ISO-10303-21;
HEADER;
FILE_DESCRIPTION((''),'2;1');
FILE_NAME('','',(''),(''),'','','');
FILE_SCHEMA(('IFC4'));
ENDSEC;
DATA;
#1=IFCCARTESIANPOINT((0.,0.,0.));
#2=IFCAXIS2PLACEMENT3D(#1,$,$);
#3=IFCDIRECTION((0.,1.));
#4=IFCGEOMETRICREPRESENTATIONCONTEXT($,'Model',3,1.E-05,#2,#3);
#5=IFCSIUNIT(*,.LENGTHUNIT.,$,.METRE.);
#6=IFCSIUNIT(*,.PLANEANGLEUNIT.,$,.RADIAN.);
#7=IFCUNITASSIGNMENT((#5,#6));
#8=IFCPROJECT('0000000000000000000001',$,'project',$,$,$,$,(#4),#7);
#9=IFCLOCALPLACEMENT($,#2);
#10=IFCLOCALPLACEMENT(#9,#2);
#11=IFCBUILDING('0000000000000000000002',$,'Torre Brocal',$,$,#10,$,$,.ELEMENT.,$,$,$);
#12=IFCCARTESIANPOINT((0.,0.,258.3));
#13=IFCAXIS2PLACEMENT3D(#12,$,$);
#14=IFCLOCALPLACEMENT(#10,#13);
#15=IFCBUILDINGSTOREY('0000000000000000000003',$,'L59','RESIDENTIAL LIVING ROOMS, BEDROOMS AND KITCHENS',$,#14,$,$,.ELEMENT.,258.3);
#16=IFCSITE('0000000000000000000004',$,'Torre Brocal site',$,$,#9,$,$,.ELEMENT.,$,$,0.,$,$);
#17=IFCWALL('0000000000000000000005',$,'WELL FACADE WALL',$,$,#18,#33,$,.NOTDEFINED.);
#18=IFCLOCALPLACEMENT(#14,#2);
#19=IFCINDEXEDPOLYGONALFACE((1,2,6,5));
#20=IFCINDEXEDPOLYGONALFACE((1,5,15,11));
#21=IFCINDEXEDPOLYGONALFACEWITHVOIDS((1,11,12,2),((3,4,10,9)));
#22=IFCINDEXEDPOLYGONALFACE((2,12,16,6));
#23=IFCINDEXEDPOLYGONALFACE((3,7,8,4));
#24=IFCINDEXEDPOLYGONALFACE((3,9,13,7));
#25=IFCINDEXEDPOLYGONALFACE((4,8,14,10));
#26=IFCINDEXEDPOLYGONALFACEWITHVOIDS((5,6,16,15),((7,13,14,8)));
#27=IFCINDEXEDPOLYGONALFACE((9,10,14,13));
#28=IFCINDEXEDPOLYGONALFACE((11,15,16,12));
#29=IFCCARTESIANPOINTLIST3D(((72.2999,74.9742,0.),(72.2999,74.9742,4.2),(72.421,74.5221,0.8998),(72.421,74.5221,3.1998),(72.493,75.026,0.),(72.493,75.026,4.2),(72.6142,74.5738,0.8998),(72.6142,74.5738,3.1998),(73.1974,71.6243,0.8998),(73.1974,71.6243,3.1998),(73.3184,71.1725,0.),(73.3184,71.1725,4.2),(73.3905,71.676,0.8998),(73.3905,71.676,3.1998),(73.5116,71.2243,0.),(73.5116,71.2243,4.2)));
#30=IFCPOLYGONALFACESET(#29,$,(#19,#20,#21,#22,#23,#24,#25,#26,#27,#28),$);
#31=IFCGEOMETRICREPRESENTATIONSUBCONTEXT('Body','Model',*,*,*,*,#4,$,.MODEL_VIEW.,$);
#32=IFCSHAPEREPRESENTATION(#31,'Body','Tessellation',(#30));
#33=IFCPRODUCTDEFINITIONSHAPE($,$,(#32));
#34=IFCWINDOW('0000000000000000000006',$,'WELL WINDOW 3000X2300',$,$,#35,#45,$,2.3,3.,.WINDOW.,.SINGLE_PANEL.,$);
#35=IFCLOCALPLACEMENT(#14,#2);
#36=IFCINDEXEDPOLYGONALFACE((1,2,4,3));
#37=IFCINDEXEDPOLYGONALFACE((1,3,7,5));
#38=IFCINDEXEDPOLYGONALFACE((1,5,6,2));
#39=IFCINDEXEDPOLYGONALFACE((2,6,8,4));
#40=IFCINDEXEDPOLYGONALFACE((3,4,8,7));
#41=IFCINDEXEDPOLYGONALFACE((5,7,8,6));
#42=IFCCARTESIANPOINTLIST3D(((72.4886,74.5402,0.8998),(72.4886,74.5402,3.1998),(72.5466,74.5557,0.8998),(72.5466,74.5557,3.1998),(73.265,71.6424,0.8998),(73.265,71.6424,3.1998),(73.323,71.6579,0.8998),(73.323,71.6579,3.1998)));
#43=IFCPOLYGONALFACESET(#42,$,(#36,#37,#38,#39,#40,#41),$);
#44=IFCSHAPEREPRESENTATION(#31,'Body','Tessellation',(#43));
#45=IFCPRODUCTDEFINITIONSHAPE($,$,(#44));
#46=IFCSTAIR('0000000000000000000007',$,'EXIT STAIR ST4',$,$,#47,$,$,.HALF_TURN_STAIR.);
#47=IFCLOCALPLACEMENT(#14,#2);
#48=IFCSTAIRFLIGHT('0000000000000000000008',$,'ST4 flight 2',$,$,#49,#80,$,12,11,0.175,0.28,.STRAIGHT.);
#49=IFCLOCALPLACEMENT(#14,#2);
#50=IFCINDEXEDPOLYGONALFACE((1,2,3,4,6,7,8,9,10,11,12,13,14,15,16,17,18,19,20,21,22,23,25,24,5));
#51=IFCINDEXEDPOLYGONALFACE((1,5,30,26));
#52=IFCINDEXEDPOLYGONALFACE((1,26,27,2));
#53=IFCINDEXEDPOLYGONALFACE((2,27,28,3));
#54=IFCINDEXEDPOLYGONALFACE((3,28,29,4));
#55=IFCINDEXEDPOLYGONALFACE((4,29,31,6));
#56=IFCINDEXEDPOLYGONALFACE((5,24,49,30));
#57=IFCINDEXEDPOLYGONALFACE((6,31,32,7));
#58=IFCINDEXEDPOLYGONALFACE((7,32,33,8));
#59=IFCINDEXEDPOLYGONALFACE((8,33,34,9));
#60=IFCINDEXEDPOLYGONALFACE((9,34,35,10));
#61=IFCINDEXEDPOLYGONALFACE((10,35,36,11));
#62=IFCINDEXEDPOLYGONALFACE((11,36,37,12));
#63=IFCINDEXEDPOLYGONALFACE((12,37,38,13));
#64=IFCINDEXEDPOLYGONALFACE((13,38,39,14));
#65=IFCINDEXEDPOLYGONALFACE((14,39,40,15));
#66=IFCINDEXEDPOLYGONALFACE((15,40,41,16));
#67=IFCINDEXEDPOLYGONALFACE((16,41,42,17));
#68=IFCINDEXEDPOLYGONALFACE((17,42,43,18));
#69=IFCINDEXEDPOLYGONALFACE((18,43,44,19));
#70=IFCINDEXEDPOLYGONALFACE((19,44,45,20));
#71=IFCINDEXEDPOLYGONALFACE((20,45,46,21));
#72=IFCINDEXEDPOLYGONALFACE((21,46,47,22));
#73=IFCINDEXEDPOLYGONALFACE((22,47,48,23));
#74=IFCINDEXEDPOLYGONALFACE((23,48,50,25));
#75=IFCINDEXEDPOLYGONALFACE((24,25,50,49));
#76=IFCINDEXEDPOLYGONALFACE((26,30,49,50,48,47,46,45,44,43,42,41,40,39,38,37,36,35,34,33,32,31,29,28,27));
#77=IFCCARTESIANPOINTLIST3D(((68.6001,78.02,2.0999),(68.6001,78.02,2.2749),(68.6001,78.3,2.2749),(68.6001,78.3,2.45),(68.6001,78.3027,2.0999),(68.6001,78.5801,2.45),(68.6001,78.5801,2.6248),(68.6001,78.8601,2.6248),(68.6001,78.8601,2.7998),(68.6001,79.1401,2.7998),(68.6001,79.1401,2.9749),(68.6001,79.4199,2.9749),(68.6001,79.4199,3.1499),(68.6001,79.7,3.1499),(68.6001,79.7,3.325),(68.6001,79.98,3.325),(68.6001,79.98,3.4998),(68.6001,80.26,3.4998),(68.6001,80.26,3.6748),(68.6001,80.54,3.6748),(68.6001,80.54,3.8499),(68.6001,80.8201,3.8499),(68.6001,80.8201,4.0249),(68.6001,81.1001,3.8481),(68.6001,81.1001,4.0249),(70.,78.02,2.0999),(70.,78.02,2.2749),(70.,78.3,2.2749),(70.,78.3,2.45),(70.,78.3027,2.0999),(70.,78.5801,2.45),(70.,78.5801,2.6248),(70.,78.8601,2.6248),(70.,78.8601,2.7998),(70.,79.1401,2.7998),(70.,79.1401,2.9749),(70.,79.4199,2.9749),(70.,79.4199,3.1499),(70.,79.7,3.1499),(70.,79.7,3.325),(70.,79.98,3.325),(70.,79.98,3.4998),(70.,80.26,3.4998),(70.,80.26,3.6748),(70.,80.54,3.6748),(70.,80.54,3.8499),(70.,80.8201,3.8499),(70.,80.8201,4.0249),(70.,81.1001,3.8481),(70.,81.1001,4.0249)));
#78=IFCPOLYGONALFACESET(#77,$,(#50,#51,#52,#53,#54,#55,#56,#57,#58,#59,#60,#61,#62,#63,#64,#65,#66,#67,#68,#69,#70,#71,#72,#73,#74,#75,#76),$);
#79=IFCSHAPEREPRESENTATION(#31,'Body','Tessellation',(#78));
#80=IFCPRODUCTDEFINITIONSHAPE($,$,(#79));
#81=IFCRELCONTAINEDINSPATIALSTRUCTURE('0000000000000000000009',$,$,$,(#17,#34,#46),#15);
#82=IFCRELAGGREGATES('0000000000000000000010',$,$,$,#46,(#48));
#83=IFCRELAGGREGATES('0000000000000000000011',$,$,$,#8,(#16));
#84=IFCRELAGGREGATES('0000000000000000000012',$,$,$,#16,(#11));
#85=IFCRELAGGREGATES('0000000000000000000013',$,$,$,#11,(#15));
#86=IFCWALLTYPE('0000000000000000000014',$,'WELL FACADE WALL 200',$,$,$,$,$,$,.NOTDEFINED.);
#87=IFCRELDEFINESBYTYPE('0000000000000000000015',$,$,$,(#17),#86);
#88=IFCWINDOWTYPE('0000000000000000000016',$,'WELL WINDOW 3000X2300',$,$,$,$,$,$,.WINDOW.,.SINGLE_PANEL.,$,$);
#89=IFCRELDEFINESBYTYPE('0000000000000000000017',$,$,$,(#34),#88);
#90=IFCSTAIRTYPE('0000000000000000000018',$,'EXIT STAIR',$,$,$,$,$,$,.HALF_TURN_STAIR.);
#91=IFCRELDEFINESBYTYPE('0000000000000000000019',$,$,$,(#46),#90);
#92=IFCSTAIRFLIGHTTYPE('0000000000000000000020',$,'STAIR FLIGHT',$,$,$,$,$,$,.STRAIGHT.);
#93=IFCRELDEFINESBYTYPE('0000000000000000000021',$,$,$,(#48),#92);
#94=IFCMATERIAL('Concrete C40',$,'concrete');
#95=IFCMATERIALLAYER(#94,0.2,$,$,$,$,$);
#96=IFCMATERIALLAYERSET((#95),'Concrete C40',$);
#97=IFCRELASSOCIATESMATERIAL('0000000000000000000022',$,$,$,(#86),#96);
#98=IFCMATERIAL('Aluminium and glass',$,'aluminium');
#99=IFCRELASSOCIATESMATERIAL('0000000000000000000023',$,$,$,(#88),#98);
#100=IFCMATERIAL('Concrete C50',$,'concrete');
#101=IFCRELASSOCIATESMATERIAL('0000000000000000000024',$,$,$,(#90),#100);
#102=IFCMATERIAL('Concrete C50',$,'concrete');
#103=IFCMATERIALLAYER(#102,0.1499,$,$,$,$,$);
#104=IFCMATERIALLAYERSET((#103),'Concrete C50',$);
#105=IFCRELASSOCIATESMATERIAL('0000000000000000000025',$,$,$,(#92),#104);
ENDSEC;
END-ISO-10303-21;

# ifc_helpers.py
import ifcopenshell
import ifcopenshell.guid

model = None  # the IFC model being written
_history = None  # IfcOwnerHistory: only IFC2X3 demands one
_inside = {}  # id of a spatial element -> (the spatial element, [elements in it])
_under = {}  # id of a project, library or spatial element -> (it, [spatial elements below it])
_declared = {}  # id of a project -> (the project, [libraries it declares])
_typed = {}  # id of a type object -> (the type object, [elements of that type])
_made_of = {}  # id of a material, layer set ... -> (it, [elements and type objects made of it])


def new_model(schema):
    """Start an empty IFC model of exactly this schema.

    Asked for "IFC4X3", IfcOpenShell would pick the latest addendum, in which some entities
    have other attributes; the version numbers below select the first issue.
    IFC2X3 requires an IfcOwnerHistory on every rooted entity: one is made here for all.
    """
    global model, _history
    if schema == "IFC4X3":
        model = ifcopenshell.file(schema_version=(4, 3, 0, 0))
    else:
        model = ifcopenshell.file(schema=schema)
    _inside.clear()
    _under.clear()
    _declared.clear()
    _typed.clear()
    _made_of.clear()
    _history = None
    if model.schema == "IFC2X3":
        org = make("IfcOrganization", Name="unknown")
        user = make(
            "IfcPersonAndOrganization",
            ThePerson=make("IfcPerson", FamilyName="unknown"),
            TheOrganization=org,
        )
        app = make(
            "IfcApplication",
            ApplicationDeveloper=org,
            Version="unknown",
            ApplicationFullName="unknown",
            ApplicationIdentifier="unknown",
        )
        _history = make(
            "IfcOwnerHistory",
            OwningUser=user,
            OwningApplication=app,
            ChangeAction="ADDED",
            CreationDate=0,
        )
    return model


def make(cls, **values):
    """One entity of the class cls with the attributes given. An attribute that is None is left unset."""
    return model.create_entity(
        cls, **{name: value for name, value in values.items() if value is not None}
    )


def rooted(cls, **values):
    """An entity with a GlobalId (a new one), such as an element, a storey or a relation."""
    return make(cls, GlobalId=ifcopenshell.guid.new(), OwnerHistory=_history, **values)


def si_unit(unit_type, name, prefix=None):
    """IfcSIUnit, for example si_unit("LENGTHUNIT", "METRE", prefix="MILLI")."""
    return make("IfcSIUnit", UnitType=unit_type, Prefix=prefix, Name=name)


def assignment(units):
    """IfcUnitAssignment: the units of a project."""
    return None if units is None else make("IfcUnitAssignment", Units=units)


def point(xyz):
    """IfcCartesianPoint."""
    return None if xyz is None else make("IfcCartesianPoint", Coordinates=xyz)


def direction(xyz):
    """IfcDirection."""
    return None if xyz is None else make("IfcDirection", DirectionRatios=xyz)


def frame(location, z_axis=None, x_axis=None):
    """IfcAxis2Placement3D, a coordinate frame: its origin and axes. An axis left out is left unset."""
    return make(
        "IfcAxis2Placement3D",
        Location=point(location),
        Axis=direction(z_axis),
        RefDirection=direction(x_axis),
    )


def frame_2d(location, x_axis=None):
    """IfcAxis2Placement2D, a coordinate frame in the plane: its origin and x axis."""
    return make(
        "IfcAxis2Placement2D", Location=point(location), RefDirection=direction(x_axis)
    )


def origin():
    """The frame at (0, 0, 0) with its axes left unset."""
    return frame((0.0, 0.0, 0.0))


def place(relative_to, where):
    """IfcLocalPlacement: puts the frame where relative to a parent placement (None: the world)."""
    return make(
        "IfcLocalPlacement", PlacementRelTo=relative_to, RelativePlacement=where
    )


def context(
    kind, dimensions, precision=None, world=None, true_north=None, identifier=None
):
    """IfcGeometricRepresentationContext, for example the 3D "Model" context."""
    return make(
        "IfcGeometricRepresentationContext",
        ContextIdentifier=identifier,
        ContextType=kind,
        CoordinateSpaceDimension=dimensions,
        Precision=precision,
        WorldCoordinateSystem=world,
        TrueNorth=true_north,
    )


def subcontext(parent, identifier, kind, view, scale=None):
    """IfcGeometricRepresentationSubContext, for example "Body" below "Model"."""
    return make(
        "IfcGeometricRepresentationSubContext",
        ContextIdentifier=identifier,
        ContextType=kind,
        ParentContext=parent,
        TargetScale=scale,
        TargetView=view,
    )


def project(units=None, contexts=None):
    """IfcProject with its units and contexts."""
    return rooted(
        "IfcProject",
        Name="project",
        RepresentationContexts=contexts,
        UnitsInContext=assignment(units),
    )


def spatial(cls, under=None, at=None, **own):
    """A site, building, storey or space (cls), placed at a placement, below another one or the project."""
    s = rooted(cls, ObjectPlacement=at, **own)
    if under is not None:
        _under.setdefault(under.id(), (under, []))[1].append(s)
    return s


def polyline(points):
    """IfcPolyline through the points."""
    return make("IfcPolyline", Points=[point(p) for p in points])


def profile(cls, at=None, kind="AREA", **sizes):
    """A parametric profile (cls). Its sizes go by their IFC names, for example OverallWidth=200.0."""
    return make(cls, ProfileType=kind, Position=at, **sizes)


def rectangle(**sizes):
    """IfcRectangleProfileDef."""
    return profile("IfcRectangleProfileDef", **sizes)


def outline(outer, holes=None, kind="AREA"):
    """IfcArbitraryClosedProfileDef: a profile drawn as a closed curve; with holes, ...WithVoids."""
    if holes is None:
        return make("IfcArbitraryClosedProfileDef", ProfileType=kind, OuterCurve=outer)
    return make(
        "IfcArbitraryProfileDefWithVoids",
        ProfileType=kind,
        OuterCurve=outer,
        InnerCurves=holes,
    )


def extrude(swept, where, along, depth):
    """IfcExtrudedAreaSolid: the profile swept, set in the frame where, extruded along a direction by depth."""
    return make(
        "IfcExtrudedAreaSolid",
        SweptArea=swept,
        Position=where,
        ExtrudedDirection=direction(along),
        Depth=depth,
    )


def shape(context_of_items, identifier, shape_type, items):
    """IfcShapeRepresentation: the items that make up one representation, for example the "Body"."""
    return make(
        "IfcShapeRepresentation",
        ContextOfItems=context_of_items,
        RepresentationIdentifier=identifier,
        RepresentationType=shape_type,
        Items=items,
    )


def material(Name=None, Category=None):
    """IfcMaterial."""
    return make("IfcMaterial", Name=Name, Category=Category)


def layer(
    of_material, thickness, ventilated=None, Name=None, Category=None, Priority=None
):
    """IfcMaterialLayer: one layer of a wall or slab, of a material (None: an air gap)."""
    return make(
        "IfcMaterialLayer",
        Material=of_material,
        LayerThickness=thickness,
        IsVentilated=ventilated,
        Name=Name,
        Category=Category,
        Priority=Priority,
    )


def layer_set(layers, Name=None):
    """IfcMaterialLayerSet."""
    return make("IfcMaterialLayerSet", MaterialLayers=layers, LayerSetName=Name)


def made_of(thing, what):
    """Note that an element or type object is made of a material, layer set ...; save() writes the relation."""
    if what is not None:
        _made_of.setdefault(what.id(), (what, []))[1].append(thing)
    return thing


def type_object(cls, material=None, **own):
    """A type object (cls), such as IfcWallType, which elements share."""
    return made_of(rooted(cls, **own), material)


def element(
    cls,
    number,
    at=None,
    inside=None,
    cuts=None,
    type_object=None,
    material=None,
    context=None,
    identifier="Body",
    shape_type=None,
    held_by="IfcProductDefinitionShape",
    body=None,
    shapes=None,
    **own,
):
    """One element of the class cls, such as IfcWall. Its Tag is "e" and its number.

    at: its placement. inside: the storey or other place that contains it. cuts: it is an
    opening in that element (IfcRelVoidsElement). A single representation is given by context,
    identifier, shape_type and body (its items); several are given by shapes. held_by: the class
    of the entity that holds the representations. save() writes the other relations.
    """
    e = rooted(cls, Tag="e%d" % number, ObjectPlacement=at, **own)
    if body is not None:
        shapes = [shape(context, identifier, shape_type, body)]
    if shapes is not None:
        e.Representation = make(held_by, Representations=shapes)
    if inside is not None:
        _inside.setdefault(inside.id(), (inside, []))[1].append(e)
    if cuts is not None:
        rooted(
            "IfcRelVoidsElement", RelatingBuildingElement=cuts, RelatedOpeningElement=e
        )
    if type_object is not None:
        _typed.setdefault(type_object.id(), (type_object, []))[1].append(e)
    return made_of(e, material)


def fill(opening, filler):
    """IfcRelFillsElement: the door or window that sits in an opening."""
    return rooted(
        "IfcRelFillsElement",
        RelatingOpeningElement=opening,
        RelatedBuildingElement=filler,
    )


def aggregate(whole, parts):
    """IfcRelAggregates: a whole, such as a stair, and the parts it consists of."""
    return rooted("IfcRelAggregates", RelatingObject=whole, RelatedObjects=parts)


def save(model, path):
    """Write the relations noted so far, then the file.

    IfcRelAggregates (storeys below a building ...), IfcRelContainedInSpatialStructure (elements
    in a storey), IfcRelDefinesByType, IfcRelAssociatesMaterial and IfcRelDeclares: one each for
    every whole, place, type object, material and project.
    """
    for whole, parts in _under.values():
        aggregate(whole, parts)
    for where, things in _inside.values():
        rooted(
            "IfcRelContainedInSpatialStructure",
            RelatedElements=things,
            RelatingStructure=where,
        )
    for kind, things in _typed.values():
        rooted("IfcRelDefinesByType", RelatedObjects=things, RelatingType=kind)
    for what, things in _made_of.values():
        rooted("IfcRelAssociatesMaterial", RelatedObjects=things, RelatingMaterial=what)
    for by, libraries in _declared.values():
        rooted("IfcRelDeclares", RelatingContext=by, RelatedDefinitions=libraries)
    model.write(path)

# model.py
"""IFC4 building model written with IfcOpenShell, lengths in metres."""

from ifc_helpers import new_model, si_unit, direction, frame, frame_2d, origin, place, context, subcontext, project, spatial, polyline, rectangle, outline, extrude, material, layer, layer_set, type_object, element, fill, aggregate, save


model = new_model("IFC4")

# Units and contexts
model_context = context("Model", 3, precision=1e-05, world=origin(), true_north=direction((0.0, 1.0)))
body_context = subcontext(model_context, "Body", "Model", "MODEL_VIEW")
ifc_project = project(units=[si_unit("LENGTHUNIT", "METRE"), si_unit("PLANEANGLEUNIT", "RADIAN")], contexts=[model_context])

# Site, building, storey
site_placement = place(None, origin())
site = spatial("IfcSite", under=ifc_project, at=site_placement, Name="Torre Brocal site", CompositionType="ELEMENT", RefElevation=0.0)
building_placement = place(site_placement, origin())
building = spatial("IfcBuilding", under=site, at=building_placement, Name="Torre Brocal", CompositionType="ELEMENT")
storey_placement = place(building_placement, frame((0.0, 0.0, 258.3)))
storey = spatial("IfcBuildingStorey", under=building, at=storey_placement, Name="L59", Description="RESIDENTIAL LIVING ROOMS, BEDROOMS AND KITCHENS", CompositionType="ELEMENT", Elevation=258.3)

# Wall, opening, window
ifc_material_1 = material(Name="Concrete C40", Category="concrete")
ifc_layer_1 = layer(ifc_material_1, 0.2)
ifc_layer_set_1 = layer_set([ifc_layer_1], Name="Concrete C40")
wall_type_1 = type_object("IfcWallType", Name="WELL FACADE WALL 200", PredefinedType="NOTDEFINED", material=ifc_layer_set_1)
ifc_material_2 = material(Name="Aluminium and glass", Category="aluminium")
window_type = type_object("IfcWindowType", Name="WELL WINDOW 3000X2300", PartitioningType="SINGLE_PANEL", PredefinedType="WINDOW", material=ifc_material_2)
wall_1_placement = place(storey_placement, frame((72.3965, 75.0, 0.0), z_axis=(0.0, 0.0, 1.0), x_axis=(0.25879, -0.965934, 0.0)))
wall_1 = element("IfcWall", 1, at=wall_1_placement, inside=storey, type_object=wall_type_1, Name="WELL FACADE WALL", PredefinedType="NOTDEFINED", context=body_context, shape_type="SweptSolid", body=[
    extrude(rectangle(XDim=3.9358, YDim=0.2, at=frame_2d((1.9678, 0.0))), origin(), (0.0, 0.0, 1.0), 4.2),
])
opening_1_placement = place(wall_1_placement, frame((0.468, 0.0, 0.8999)))
opening_1 = element("IfcOpeningElement", 2, at=opening_1_placement, cuts=wall_1, PredefinedType="OPENING", context=body_context, shape_type="SweptSolid", body=[
    extrude(rectangle(XDim=3.0, YDim=2.3, at=frame_2d((1.5, 1.1499))), frame((0.0, 0.1099, 0.0), z_axis=(0.0, -1.0, 0.0), x_axis=(1.0, 0.0, 0.0)), (0.0, 0.0, 1.0), 0.22),
])
window_1_placement = place(opening_1_placement, origin())
window_1 = element("IfcWindow", 3, at=window_1_placement, inside=storey, type_object=window_type, Name="WELL WINDOW 3000X2300", OverallHeight=2.3, OverallWidth=3.0, PartitioningType="SINGLE_PANEL", PredefinedType="WINDOW", context=body_context, shape_type="SweptSolid", body=[
    extrude(rectangle(XDim=3.0, YDim=2.3, at=frame_2d((1.5, 1.1499))), frame((0.0, 0.03, 0.0), z_axis=(0.0, -1.0, 0.0), x_axis=(1.0, 0.0, 0.0)), (0.0, 0.0, 1.0), 0.0601),
])
fill(opening_1, window_1)

# Stair, stair flight
ifc_material_3 = material(Name="Concrete C50", Category="concrete")
stair_type = type_object("IfcStairType", Name="EXIT STAIR", PredefinedType="HALF_TURN_STAIR", material=ifc_material_3)
stair_placement = place(storey_placement, origin())
stair = element("IfcStair", 4, at=stair_placement, inside=storey, type_object=stair_type, Name="EXIT STAIR ST4", PredefinedType="HALF_TURN_STAIR")
ifc_material_4 = material(Name="Concrete C50", Category="concrete")
ifc_layer_2 = layer(ifc_material_4, 0.1499)
ifc_layer_set_2 = layer_set([ifc_layer_2], Name="Concrete C50")
stair_flight_type = type_object("IfcStairFlightType", Name="STAIR FLIGHT", PredefinedType="STRAIGHT", material=ifc_layer_set_2)
stair_flight_placement = place(storey_placement, frame((69.3, 78.02, 2.0999), z_axis=(0.0, 0.0, 1.0), x_axis=(0.0, 1.0, 0.0)))
stair_flight = element("IfcStairFlight", 5, at=stair_flight_placement, type_object=stair_flight_type, Name="ST4 flight 2", NumberOfRisers=12, NumberOfTreads=11, PredefinedType="STRAIGHT", RiserHeight=0.175, TreadLength=0.28, context=body_context, shape_type="SweptSolid", body=[
    extrude(outline(polyline([(0.0, 0.0), (0.0, 0.175), (0.28, 0.175), (0.28, 0.3501), (0.5601, 0.3501), (0.5601, 0.5249), (0.8401, 0.5249), (0.8401, 0.7), (1.1201, 0.7), (1.1201, 0.875), (1.3999, 0.875), (1.3999, 1.05), (1.6799, 1.05), (1.6799, 1.2251), (1.96, 1.2251), (1.96, 1.3999), (2.24, 1.3999), (2.24, 1.575), (2.52, 1.575), (2.52, 1.75), (2.8, 1.75), (2.8, 1.925), (3.0801, 1.925), (3.0801, 2.1001), (3.0801, 1.7483), (0.2827, 0.0), (0.0, 0.0)])), frame((0.0, 0.7, 0.0), z_axis=(0.0, -1.0, 0.0), x_axis=(1.0, 0.0, 0.0)), (0.0, 0.0, 1.0), 1.3999),
])
aggregate(stair, [stair_flight])

save(model, "model.ifc")
